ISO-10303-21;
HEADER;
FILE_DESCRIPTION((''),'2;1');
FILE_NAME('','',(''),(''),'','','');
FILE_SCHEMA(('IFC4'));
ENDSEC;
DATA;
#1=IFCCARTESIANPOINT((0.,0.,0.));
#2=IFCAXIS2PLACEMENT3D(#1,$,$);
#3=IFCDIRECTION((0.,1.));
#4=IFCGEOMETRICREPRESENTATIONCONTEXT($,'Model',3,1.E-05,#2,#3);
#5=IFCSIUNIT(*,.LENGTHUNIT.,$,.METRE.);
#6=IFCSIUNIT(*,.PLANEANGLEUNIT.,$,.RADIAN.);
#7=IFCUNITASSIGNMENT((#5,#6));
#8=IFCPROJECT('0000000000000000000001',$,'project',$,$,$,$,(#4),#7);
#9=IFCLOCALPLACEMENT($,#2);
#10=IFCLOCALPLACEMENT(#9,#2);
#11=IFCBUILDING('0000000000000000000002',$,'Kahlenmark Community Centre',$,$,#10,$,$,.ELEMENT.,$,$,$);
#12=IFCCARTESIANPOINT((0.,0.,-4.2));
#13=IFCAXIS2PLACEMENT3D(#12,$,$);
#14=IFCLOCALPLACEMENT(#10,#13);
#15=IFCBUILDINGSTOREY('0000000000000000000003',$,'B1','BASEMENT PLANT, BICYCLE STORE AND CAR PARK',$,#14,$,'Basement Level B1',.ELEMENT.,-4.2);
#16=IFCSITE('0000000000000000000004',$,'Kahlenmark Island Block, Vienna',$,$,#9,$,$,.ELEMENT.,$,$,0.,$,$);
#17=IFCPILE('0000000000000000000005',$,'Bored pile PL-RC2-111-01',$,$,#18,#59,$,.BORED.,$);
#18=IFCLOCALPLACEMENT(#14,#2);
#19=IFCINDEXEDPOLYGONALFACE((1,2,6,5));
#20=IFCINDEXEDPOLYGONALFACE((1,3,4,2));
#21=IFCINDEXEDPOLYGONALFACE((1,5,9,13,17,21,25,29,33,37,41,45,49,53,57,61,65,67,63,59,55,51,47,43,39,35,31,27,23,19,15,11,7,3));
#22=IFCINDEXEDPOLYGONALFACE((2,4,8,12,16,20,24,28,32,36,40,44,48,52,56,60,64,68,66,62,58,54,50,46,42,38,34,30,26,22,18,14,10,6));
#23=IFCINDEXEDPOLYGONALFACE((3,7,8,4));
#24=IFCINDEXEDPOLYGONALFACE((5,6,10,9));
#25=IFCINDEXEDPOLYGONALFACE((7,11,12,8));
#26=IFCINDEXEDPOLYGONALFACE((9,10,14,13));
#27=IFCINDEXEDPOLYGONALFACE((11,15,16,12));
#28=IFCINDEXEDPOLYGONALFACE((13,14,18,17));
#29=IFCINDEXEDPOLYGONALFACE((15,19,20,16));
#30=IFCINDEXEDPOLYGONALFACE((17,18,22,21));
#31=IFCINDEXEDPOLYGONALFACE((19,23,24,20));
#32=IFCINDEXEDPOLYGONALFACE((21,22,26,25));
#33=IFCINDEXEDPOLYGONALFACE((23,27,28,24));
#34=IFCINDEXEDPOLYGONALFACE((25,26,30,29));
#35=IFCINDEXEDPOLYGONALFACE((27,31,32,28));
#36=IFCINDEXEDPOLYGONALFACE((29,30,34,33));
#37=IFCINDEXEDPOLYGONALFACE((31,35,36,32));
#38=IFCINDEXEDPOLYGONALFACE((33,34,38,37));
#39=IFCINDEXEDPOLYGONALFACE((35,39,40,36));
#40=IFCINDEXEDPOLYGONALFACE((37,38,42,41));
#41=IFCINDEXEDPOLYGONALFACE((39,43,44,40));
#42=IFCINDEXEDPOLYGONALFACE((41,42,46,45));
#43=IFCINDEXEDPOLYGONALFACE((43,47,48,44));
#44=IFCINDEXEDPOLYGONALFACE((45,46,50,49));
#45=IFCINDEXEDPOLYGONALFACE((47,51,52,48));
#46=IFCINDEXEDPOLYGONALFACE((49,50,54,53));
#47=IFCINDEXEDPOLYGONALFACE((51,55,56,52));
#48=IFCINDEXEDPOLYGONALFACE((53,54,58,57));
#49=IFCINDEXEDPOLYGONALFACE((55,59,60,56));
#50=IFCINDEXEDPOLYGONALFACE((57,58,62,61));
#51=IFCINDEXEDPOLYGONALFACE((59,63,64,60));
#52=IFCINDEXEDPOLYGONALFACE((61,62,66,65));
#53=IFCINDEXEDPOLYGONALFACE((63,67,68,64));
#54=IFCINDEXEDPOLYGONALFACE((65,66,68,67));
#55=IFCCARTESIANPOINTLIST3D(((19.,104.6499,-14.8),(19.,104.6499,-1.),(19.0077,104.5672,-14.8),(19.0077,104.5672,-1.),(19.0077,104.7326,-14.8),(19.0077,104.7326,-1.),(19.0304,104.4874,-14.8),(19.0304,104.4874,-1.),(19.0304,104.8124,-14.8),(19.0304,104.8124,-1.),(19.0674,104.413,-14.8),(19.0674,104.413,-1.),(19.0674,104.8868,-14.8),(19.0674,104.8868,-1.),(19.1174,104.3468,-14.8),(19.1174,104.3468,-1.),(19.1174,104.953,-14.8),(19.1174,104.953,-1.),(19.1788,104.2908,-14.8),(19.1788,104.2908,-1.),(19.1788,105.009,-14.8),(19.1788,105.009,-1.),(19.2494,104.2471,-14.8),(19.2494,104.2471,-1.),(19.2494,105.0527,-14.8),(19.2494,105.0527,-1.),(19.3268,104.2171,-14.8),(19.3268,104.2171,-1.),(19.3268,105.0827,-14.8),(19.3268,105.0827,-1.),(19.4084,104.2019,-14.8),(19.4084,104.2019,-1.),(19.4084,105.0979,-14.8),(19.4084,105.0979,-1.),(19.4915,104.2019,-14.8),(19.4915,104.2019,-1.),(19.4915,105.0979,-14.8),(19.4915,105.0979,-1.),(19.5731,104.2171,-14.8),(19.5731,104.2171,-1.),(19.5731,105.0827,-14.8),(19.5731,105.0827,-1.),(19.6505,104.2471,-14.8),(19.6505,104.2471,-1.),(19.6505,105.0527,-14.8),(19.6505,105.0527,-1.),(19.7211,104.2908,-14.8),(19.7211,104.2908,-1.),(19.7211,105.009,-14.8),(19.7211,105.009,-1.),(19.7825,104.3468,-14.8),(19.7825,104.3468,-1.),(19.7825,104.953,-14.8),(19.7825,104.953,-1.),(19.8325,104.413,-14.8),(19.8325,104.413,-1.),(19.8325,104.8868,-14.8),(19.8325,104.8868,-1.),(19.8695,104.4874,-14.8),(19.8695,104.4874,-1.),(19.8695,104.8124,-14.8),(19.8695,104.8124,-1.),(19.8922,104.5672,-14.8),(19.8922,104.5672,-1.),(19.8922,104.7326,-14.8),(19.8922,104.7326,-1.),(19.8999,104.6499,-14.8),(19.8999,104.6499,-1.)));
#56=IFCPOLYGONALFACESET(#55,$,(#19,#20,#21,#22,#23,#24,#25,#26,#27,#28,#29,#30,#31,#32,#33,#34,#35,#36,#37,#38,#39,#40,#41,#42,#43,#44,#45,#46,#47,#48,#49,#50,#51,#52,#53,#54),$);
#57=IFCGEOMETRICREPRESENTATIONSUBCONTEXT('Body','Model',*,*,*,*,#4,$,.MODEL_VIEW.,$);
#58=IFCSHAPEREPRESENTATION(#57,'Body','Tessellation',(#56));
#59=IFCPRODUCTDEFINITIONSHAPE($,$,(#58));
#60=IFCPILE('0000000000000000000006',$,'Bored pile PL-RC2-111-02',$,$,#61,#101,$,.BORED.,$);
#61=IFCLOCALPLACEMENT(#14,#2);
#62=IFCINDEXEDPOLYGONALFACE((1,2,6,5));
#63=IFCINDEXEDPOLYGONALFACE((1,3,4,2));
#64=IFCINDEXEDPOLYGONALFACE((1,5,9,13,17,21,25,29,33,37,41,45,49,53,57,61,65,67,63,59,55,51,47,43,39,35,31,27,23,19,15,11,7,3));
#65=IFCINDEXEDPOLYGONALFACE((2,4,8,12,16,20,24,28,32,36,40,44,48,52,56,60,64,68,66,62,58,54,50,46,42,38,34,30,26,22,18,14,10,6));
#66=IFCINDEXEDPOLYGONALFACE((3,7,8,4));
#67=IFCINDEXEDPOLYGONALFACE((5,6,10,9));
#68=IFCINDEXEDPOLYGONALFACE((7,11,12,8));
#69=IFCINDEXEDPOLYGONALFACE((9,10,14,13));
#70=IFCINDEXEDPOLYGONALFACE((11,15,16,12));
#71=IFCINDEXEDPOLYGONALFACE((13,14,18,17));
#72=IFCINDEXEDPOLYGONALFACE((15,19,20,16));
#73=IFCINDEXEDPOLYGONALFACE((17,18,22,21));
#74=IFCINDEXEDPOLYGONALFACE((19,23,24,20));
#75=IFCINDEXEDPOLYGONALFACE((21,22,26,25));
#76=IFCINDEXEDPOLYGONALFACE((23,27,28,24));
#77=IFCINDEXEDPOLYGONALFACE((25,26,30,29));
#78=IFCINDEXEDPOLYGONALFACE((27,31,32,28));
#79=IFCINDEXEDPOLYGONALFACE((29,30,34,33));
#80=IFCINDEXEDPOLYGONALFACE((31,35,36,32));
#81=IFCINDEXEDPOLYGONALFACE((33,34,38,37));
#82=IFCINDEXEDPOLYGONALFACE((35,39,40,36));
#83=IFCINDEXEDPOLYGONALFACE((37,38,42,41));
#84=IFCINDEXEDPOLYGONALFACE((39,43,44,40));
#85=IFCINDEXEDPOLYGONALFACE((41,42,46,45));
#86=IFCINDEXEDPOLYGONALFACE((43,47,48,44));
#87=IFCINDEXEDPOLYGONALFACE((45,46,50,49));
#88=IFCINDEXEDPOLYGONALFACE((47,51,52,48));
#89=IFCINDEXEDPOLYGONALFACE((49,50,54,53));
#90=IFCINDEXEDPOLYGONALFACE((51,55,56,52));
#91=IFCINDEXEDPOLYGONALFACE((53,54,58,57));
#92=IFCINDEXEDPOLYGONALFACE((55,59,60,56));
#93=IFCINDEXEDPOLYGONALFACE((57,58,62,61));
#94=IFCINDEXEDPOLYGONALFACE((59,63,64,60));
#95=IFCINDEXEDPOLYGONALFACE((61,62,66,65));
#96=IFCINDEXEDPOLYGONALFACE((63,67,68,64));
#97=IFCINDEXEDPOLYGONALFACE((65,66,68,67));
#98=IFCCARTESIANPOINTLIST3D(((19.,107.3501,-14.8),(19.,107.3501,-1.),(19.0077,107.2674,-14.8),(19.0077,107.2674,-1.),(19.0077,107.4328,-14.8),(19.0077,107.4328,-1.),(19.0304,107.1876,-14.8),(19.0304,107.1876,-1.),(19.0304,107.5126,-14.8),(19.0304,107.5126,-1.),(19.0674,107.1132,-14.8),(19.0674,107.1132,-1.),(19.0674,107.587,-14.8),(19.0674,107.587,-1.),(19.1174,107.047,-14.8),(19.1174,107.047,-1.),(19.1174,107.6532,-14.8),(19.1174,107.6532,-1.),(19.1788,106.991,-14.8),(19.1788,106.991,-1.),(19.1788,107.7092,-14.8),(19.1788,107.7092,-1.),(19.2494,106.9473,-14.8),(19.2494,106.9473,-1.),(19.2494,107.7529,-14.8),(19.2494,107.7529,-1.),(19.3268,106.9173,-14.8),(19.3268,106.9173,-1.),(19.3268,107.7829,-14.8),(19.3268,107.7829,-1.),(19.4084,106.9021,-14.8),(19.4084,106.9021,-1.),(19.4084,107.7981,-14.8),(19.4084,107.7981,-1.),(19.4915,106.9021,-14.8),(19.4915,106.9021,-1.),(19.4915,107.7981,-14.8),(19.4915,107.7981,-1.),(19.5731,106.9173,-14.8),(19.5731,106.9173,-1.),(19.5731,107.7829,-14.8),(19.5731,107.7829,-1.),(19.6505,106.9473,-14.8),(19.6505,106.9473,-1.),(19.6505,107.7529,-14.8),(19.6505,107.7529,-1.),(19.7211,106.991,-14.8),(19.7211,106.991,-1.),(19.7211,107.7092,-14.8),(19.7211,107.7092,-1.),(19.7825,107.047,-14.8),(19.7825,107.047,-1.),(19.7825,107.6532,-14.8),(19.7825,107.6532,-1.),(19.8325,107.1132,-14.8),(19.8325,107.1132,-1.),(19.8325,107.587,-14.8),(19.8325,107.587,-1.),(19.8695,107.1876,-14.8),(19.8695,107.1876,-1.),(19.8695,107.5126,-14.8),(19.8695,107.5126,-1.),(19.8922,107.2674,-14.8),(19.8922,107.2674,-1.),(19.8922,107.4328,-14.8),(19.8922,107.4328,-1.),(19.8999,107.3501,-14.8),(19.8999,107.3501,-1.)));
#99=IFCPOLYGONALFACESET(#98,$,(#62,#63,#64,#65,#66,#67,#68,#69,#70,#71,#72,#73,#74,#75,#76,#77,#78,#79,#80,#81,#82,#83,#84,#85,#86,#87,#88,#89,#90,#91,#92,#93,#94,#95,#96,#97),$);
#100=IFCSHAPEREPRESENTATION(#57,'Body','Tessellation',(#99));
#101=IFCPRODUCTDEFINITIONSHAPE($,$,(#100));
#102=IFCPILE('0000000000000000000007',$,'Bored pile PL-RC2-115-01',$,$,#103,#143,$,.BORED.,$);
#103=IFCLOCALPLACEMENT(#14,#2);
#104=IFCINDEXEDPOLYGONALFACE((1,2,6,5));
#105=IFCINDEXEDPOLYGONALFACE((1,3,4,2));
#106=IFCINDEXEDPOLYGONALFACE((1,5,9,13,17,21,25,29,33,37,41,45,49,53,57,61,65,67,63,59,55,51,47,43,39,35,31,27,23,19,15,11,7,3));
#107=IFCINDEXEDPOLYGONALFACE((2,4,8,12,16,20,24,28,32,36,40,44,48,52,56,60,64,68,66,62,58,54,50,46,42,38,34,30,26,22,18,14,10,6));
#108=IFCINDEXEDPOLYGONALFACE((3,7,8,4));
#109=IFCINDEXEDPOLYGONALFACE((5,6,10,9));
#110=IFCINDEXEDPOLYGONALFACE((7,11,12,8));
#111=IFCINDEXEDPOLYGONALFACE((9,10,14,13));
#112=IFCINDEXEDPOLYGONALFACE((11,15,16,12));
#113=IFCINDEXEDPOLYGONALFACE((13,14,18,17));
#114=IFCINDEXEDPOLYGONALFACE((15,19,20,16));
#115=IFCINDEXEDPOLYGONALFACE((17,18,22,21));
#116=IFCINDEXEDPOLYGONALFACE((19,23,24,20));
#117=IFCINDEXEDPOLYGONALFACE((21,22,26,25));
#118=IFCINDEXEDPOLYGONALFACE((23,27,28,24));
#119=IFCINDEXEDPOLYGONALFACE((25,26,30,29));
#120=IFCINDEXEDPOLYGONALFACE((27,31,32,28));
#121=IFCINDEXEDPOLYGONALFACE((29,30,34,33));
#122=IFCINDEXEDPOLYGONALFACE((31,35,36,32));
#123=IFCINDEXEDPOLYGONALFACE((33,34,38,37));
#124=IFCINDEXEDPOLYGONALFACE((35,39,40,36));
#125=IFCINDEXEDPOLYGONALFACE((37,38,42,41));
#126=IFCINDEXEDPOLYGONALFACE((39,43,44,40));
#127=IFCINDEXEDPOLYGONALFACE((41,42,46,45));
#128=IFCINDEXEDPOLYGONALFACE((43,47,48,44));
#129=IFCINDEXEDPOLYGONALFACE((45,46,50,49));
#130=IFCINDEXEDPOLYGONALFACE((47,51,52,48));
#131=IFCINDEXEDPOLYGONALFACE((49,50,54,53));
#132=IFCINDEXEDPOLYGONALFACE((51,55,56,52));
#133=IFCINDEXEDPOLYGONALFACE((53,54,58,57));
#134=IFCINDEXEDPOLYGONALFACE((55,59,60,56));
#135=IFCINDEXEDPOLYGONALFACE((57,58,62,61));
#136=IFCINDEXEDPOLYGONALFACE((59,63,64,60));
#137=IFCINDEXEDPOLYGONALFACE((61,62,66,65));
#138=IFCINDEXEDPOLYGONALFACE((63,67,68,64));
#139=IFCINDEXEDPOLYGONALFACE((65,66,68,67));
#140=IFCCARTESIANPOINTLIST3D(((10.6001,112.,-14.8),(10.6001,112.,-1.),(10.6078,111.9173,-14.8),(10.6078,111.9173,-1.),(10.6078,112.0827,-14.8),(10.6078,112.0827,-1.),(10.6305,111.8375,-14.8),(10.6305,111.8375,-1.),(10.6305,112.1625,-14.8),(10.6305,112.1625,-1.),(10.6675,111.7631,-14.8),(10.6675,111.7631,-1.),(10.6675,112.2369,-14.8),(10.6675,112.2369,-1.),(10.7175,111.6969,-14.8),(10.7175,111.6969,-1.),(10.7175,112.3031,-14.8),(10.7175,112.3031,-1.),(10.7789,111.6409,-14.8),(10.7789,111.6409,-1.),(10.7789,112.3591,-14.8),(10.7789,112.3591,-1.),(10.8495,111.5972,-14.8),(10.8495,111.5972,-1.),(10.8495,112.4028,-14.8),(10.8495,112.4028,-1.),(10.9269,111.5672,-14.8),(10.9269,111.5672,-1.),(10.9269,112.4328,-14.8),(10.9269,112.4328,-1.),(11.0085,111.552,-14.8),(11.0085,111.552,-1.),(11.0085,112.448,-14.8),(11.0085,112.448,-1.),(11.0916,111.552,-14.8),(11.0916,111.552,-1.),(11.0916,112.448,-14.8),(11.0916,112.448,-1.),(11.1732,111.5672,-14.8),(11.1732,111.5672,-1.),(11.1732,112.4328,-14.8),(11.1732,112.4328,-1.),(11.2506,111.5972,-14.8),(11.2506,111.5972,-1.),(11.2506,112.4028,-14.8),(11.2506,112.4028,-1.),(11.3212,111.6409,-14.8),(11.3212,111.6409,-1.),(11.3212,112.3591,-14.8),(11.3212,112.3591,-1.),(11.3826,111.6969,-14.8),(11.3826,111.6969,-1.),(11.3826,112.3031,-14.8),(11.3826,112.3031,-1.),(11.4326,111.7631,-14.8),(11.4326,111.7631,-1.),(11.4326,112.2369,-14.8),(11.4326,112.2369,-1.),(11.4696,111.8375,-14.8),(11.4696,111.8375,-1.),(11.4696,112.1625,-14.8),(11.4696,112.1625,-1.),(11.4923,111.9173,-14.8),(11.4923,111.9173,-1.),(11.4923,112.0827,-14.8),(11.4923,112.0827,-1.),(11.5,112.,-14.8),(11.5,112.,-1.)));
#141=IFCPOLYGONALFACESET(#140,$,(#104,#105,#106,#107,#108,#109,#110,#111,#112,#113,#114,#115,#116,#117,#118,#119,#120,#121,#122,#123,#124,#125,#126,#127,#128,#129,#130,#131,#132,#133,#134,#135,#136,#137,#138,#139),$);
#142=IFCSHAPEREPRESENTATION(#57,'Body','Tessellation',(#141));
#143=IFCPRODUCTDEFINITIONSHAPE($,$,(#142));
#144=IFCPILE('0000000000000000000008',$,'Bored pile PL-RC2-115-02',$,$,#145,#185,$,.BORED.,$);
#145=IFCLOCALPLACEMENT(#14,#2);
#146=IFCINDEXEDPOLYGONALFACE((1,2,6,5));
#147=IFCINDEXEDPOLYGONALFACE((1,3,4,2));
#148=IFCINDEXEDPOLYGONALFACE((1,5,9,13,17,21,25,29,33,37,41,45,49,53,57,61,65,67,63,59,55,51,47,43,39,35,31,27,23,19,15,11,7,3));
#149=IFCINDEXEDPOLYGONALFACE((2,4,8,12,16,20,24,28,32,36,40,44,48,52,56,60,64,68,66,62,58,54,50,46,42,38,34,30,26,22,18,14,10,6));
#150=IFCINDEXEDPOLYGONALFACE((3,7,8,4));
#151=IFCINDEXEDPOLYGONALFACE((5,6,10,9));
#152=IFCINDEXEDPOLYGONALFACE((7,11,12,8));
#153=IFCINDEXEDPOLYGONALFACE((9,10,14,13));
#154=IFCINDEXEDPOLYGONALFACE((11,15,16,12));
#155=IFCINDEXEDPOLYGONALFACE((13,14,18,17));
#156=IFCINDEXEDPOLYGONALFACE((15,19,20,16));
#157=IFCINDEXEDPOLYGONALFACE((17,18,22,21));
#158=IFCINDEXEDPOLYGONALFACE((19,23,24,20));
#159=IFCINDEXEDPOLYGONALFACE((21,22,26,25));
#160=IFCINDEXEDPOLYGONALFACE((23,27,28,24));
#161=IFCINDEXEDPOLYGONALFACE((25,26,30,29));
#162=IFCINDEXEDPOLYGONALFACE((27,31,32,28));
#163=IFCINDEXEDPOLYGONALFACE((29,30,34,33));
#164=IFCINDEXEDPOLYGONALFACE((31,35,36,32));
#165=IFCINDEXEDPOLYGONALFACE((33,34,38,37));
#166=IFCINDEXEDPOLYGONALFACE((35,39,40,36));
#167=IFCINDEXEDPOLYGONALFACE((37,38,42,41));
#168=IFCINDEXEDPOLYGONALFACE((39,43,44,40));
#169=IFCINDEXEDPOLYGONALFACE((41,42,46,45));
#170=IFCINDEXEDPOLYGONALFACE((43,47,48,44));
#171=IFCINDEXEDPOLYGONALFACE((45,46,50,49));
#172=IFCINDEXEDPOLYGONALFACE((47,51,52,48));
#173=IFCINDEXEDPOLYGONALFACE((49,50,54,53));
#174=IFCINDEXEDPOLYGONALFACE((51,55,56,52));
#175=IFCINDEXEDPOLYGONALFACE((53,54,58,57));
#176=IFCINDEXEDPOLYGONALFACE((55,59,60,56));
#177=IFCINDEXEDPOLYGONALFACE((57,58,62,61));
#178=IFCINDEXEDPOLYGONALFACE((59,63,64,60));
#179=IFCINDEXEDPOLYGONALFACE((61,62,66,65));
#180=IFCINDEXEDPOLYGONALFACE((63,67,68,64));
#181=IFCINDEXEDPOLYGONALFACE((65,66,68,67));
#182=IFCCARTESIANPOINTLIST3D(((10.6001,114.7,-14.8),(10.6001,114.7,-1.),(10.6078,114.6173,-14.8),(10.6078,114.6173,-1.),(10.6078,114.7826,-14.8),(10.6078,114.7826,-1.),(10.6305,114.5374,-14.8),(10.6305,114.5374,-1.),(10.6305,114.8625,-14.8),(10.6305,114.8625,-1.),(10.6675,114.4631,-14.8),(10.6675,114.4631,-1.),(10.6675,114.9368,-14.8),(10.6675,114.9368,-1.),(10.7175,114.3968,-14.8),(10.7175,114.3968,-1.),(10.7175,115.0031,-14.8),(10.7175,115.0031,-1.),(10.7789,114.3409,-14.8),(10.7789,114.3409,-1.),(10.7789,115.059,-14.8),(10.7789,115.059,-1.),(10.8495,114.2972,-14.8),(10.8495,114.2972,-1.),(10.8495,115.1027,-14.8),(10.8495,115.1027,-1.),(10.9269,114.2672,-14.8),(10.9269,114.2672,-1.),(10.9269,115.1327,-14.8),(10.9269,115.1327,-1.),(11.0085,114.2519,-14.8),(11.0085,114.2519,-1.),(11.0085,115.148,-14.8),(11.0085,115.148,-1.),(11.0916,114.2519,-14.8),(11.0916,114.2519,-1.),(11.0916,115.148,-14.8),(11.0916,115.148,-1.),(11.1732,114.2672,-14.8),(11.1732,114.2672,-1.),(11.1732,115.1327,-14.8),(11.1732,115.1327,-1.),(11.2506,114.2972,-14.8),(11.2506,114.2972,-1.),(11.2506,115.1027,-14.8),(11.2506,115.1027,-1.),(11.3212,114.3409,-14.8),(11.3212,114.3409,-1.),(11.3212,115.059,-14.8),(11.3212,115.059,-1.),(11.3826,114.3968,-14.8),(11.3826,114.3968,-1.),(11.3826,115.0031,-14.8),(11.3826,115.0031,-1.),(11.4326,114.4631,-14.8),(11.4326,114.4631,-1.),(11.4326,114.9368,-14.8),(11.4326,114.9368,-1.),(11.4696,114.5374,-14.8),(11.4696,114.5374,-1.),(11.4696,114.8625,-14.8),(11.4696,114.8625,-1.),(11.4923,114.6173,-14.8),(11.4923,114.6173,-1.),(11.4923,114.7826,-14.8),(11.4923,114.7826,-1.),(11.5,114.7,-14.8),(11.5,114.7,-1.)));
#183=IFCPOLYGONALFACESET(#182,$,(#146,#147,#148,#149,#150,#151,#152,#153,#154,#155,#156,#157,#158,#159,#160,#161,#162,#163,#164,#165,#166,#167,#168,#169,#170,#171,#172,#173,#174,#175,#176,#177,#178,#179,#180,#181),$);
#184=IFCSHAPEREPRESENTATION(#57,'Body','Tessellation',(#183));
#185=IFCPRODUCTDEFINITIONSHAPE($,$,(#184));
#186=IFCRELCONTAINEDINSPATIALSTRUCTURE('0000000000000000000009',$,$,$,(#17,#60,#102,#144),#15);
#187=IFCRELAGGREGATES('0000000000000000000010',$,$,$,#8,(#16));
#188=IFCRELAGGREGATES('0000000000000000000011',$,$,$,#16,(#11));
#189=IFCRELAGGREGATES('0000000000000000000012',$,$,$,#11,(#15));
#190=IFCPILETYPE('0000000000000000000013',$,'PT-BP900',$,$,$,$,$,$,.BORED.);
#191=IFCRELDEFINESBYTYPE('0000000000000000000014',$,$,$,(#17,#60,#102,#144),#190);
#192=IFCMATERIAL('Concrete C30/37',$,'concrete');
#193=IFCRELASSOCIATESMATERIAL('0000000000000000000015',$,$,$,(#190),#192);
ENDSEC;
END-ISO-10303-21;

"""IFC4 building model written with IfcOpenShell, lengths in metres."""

from ifc_helpers import new_model, si_unit, direction, frame, origin, origin_2d, place, context, subcontext, project, spatial, circle, extrude, material, material_profile, profile_set, type_object, element, save


model = new_model("IFC4")

# Units and contexts
model_context = context("Model", 3, precision=1e-05, world=origin(), true_north=direction((0.0, 1.0)))
body_context = subcontext(model_context, "Body", "Model", "MODEL_VIEW")
ifc_project = project(units=[si_unit("LENGTHUNIT", "METRE"), si_unit("PLANEANGLEUNIT", "RADIAN")], contexts=[model_context])

# Site, building, storey
site_placement = place(None, origin())
site = spatial("IfcSite", under=ifc_project, at=site_placement, Name="Kahlenmark Island Block, Vienna", CompositionType="ELEMENT", RefElevation=0.0)
building_placement = place(site_placement, origin())
building = spatial("IfcBuilding", under=site, at=building_placement, Name="Kahlenmark Community Centre", CompositionType="ELEMENT")
storey_placement = place(building_placement, frame((0.0, 0.0, -4.2)))
storey = spatial("IfcBuildingStorey", under=building, at=storey_placement, Name="B1", Description="BASEMENT PLANT, BICYCLE STORE AND CAR PARK", LongName="Basement Level B1", CompositionType="ELEMENT", Elevation=-4.2)

# Shared definitions
ifc_material_1 = material(Name="Concrete C30/37", Category="concrete")

# Piles
ifc_material_profile_1 = material_profile(ifc_material_1, circle(Radius=0.45, at=origin_2d()), Name="BORED PILE 900")
ifc_profile_set_1 = profile_set([ifc_material_profile_1], Name="Concrete C30/37")
pile_type_1 = type_object("IfcPileType", Name="PT-BP900", PredefinedType="BORED", material=ifc_profile_set_1)
for number, where, z_axis, x_axis, name in (
    (1, (19.45, 104.6499, -1.0), (0.0, 0.0, -1.0), (1.0, 0.0, 0.0), "Bored pile PL-RC2-111-01"),
    (2, (19.45, 107.3501, -1.0), (0.0, 0.0, -1.0), (1.0, 0.0, 0.0), "Bored pile PL-RC2-111-02"),
    (3, (11.05, 112.0, -1.0), (0.0, 0.0, -1.0), (1.0, 0.0, 0.0), "Bored pile PL-RC2-115-01"),
    (4, (11.05, 114.7, -1.0), (0.0, 0.0, -1.0), (1.0, 0.0, 0.0), "Bored pile PL-RC2-115-02"),
):
    element("IfcPile", number, at=place(storey_placement, frame(where, z_axis=z_axis, x_axis=x_axis)), inside=storey, type_object=pile_type_1, Name=name, PredefinedType="BORED", context=body_context, shape_type="SweptSolid", body=[
        extrude(circle(Radius=0.45, at=origin_2d()), origin(), (0.0, 0.0, 1.0), 13.8),
    ])

save(model, "model.ifc")
